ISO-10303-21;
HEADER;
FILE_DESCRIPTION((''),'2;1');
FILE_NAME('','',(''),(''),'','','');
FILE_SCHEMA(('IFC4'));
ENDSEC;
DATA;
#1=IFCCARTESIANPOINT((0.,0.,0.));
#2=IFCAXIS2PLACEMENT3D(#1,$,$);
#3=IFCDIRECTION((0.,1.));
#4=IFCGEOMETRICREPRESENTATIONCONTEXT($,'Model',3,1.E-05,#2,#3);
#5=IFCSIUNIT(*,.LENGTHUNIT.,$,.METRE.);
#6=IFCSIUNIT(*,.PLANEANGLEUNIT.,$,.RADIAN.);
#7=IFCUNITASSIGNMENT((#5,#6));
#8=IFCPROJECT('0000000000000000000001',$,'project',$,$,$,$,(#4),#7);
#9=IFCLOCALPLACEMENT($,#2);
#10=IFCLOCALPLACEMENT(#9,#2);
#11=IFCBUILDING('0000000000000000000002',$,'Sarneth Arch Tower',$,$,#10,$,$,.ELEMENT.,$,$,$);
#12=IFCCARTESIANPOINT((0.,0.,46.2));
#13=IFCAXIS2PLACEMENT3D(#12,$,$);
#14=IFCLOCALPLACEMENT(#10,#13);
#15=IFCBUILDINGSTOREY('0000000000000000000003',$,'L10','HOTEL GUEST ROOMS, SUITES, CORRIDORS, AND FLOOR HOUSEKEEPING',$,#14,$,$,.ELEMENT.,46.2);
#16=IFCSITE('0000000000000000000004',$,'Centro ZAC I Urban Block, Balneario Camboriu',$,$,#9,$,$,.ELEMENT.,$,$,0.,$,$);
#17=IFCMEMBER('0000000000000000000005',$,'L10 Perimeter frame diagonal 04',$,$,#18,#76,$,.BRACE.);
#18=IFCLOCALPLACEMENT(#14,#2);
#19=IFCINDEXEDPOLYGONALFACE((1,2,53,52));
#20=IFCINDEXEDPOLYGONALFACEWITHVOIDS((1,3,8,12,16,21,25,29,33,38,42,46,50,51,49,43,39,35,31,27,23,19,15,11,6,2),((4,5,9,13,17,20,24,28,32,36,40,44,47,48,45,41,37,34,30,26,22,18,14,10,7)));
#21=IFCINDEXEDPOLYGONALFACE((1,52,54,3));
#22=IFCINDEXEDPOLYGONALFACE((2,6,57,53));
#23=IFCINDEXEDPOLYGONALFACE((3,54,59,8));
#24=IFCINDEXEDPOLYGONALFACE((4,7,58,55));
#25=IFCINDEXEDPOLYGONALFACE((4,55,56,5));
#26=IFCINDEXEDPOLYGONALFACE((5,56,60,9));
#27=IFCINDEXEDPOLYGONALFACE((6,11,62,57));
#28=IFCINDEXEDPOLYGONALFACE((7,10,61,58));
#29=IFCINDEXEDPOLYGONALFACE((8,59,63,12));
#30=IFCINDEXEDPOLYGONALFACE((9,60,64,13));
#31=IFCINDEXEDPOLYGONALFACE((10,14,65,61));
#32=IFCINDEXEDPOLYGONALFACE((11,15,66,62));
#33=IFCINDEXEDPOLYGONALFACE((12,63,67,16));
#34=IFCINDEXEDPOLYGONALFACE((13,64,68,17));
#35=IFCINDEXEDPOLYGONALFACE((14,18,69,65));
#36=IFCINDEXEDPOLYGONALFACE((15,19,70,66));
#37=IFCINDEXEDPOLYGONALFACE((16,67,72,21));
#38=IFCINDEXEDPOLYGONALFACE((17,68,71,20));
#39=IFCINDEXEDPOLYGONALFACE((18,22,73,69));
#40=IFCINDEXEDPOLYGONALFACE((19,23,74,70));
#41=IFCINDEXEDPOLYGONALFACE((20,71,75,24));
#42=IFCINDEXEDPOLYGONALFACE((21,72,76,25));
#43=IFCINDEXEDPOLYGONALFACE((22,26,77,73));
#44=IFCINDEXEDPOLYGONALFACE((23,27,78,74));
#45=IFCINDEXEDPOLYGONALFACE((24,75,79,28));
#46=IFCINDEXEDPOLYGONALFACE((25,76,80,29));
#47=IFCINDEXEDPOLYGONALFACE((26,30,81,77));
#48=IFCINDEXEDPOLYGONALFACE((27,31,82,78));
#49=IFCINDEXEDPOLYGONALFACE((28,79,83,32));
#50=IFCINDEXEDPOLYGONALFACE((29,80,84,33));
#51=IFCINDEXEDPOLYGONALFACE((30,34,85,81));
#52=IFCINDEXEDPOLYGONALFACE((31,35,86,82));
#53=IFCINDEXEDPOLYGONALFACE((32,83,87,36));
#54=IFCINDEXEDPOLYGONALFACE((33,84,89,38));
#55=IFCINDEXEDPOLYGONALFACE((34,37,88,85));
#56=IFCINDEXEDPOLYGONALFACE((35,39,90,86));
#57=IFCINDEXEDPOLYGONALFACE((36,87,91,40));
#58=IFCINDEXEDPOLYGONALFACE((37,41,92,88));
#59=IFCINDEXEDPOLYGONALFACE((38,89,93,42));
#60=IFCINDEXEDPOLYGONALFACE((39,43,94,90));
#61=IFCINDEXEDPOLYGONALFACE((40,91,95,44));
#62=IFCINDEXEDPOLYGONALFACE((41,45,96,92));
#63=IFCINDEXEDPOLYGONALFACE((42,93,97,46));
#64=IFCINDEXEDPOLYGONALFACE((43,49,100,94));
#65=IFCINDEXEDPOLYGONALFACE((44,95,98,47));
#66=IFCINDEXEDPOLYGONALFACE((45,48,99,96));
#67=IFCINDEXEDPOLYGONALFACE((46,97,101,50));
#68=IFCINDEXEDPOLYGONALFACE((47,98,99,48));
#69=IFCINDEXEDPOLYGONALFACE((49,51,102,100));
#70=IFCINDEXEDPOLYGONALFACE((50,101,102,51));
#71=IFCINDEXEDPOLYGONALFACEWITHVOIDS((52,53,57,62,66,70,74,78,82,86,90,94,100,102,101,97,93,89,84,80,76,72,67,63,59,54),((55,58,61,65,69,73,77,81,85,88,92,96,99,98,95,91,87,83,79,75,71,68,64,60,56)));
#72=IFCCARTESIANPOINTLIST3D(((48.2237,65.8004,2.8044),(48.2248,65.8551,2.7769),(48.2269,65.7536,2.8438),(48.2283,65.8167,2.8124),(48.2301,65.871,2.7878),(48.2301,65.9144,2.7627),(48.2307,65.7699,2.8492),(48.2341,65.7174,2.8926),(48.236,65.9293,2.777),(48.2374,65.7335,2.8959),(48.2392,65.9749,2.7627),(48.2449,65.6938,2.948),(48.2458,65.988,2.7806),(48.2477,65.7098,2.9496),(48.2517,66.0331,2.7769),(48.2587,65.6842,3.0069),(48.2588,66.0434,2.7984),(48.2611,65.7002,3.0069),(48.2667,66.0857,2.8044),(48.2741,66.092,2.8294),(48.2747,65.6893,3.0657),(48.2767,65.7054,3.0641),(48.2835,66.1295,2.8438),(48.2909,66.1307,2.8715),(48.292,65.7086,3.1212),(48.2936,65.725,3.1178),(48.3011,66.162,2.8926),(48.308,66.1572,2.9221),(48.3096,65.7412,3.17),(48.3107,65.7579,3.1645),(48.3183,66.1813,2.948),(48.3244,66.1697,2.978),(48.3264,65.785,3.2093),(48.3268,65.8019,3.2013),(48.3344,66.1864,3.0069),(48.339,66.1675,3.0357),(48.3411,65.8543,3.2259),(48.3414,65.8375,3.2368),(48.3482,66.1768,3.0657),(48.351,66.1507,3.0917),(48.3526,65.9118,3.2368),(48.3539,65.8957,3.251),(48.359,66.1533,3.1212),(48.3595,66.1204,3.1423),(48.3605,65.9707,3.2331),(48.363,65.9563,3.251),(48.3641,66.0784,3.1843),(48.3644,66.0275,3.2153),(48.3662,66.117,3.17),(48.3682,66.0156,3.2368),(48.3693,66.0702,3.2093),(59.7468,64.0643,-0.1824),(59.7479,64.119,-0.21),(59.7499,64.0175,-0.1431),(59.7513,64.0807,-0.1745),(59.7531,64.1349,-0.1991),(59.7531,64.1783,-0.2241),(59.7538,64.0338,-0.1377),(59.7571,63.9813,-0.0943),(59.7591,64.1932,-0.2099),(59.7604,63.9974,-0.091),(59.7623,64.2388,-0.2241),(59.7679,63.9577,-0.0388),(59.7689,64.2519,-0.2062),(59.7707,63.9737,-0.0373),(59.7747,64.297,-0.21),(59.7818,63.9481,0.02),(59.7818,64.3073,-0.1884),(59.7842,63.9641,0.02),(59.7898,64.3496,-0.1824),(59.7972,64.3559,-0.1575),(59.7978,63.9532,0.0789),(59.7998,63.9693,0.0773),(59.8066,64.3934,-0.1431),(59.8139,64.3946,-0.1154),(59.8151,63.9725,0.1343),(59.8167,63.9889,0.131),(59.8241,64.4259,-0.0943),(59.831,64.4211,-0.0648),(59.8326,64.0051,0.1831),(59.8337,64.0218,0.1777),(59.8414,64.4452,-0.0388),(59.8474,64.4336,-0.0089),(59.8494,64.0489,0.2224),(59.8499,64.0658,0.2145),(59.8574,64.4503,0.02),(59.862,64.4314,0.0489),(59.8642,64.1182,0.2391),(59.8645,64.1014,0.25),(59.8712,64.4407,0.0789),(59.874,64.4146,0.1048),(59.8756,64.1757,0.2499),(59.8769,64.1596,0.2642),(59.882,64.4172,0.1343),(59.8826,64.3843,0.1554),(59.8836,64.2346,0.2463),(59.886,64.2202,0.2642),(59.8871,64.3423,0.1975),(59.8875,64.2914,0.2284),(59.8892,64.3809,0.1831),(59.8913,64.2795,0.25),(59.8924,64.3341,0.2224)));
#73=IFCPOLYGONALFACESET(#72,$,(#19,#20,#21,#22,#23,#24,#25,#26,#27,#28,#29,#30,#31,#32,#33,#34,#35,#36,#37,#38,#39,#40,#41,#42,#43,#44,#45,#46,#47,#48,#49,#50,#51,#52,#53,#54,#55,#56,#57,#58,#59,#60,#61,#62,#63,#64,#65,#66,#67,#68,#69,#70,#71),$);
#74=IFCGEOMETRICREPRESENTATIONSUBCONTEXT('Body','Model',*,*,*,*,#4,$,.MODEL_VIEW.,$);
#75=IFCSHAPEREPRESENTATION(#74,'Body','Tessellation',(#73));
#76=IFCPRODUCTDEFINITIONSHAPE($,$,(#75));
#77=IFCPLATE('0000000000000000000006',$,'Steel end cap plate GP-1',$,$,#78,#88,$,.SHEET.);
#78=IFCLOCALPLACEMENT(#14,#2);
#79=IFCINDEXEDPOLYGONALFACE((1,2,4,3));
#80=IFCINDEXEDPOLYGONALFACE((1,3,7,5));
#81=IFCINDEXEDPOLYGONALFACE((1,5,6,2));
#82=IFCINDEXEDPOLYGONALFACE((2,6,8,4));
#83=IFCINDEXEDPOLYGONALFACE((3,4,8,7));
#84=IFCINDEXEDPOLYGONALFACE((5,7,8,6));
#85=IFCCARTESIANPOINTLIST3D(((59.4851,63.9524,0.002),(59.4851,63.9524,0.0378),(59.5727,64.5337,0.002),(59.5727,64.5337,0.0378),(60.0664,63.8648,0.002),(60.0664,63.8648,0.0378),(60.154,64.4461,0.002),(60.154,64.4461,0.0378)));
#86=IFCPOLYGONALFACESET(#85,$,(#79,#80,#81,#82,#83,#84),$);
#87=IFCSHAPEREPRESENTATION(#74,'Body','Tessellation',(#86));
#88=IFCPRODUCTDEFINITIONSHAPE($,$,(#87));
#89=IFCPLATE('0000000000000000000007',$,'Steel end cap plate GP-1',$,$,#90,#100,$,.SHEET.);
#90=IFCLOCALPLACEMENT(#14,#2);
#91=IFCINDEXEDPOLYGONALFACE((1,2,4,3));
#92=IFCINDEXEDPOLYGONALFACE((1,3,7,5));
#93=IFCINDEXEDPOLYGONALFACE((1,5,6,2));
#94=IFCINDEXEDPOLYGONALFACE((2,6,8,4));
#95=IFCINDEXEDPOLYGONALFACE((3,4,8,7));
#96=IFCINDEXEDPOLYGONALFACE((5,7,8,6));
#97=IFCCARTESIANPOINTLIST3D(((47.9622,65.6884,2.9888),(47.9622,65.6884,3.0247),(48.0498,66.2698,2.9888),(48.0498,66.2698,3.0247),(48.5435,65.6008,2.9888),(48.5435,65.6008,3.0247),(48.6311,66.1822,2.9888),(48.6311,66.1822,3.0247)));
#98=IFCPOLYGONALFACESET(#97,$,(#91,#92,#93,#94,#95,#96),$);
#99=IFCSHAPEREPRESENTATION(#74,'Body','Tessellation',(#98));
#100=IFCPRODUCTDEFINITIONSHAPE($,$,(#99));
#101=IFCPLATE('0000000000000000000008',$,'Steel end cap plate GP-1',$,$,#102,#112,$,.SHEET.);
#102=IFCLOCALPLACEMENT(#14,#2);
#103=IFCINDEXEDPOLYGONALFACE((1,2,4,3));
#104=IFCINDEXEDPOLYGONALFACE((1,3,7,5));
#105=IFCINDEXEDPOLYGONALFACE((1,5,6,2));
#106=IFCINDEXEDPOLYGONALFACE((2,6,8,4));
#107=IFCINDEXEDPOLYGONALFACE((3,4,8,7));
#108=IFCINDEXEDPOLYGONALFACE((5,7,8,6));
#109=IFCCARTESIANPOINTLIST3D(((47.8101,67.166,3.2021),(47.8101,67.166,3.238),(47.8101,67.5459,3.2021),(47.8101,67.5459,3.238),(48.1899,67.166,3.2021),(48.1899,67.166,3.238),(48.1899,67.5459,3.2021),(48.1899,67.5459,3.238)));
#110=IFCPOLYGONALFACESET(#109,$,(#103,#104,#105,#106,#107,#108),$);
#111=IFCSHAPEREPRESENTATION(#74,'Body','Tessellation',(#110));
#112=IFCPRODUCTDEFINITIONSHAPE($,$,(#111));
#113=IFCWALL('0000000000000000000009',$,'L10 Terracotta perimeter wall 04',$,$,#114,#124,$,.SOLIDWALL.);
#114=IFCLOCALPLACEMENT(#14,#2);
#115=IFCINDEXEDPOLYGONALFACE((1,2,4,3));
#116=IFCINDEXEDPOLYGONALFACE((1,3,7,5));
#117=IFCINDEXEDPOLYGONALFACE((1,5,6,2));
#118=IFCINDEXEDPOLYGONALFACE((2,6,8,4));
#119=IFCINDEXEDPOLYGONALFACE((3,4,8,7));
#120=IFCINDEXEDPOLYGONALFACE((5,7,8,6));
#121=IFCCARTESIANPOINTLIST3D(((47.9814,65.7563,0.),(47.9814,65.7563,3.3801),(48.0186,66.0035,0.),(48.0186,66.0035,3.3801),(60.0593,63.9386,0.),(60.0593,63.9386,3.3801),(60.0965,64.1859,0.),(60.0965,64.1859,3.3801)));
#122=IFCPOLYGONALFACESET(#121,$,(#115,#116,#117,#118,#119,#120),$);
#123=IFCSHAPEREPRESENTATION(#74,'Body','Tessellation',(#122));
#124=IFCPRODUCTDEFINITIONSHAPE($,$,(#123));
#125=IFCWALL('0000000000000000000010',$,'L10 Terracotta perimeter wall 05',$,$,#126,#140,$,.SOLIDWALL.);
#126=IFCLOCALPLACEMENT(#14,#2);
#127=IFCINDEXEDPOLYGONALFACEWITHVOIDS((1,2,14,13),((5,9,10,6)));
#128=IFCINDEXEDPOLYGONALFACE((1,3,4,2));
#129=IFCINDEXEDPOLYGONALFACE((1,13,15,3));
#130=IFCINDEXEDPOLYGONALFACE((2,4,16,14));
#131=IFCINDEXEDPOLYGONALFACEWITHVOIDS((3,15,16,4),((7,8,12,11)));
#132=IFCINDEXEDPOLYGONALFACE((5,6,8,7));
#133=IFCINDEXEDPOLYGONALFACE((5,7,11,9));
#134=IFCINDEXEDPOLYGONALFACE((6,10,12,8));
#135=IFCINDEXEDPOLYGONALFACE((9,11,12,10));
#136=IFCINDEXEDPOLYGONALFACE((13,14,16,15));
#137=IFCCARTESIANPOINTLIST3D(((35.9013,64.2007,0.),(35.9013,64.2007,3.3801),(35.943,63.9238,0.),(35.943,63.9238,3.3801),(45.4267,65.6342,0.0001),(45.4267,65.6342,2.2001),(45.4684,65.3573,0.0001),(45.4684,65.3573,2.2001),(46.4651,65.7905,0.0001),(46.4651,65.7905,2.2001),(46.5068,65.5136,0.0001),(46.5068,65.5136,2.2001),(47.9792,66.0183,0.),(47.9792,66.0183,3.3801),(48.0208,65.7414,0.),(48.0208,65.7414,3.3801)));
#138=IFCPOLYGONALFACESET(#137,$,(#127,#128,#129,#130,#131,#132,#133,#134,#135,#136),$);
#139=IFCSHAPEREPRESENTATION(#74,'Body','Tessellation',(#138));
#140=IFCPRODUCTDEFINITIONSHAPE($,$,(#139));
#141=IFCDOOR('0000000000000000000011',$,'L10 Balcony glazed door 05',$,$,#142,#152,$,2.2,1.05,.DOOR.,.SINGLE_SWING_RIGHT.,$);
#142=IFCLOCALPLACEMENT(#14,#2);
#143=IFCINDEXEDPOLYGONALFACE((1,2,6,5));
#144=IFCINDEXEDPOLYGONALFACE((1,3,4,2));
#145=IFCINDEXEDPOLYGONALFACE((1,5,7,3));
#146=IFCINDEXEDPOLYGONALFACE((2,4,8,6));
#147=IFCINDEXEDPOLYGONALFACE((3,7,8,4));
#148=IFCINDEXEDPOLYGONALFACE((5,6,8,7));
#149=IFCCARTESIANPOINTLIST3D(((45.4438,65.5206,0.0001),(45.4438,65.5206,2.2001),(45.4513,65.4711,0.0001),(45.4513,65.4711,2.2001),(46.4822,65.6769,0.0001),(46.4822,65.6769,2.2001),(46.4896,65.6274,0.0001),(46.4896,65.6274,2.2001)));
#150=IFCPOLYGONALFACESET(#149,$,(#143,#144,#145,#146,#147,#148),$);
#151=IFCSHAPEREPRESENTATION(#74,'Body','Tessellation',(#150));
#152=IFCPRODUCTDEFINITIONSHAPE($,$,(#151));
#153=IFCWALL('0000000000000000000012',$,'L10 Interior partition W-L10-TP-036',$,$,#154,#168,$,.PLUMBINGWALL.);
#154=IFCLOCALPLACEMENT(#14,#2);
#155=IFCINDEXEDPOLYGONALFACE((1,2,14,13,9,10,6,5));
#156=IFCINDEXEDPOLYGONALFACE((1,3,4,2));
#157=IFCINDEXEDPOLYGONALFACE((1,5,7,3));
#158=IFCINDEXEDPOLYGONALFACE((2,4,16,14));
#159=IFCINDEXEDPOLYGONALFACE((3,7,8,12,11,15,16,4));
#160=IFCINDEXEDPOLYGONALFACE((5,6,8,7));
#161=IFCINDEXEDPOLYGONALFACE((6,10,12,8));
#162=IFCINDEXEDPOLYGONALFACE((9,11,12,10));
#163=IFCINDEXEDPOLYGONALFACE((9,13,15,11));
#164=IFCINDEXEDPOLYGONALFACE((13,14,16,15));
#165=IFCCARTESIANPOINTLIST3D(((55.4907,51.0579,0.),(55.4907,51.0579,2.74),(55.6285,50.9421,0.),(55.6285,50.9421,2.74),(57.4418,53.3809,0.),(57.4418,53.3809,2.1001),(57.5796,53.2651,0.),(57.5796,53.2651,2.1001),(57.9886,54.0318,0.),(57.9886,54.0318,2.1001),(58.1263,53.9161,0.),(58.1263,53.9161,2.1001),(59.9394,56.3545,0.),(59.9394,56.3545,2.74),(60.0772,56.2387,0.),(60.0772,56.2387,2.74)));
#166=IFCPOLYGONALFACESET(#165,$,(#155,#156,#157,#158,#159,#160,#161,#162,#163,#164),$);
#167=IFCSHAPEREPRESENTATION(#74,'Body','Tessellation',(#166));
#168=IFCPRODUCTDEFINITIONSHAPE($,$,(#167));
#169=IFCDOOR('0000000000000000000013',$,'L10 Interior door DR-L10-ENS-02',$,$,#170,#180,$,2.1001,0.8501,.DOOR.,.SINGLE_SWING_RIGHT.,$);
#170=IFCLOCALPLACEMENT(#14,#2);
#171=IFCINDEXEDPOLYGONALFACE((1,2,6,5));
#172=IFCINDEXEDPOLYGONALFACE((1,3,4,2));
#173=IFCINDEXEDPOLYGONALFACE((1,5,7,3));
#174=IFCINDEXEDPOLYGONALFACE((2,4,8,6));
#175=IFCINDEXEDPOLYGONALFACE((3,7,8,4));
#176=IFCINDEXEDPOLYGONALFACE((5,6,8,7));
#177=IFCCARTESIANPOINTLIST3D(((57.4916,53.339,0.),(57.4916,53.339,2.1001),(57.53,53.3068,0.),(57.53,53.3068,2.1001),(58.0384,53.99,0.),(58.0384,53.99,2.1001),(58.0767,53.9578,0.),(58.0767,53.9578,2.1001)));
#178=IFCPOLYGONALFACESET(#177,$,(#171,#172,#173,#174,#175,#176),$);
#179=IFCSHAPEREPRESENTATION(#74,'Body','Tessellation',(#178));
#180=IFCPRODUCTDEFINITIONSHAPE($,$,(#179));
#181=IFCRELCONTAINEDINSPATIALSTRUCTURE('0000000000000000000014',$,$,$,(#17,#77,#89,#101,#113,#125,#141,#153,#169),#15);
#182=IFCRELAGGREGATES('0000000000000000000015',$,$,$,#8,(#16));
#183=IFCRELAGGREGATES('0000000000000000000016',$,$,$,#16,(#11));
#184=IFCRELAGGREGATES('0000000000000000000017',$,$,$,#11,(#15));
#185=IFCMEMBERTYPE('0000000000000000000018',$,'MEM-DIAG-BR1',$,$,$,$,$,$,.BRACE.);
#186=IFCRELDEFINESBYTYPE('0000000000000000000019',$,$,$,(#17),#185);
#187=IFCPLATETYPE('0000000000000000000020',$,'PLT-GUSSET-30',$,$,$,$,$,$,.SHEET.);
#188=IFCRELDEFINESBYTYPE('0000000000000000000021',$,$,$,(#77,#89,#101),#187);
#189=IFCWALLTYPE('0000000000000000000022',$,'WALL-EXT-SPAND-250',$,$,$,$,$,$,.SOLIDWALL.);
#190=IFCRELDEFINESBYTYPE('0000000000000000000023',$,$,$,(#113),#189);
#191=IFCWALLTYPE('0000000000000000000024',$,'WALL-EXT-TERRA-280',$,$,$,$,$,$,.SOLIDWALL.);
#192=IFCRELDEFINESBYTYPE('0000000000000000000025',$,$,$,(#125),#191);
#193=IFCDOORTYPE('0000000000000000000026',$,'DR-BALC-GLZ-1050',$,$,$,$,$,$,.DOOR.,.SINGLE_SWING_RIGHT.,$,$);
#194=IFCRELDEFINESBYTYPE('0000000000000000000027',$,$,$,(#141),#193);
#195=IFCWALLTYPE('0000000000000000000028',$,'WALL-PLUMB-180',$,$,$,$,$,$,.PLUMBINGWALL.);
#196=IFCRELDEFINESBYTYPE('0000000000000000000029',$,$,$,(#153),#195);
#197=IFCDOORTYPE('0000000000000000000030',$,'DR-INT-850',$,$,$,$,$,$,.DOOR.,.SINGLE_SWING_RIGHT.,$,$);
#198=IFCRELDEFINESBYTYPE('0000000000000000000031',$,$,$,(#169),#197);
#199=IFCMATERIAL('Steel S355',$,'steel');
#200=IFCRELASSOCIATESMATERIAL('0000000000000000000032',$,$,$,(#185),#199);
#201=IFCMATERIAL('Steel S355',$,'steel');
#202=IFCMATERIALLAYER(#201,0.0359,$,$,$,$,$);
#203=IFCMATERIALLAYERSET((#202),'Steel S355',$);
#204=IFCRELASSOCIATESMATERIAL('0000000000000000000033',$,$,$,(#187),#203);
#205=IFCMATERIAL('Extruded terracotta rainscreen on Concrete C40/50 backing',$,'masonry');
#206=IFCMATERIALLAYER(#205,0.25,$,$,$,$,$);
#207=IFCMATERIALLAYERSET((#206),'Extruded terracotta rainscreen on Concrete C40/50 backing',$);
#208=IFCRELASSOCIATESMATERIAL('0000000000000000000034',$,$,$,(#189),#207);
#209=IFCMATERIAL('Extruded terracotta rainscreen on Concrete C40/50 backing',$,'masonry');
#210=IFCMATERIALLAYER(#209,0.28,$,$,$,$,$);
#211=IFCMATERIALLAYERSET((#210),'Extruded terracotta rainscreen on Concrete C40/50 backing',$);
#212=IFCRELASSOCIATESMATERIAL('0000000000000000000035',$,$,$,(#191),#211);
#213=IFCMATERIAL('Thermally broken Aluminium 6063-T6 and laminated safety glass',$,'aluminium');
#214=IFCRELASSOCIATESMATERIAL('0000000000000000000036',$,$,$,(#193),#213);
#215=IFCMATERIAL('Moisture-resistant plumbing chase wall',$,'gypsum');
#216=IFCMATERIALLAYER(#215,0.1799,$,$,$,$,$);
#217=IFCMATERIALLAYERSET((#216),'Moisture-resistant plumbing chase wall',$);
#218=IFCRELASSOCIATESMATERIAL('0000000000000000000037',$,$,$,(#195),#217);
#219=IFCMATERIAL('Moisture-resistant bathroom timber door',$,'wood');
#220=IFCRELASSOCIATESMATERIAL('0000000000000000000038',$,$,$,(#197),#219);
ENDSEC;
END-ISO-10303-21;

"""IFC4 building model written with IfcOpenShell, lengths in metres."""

from ifc_helpers import new_model, si_unit, direction, frame, frame_2d, origin, origin_2d, place, context, subcontext, project, spatial, rectangle, hollow_circle, extrude, material, layer, layer_set, material_profile, profile_set, type_object, element, fill, save


model = new_model("IFC4")

# Units and contexts
model_context = context("Model", 3, precision=1e-05, world=origin(), true_north=direction((0.0, 1.0)))
body_context = subcontext(model_context, "Body", "Model", "MODEL_VIEW")
ifc_project = project(units=[si_unit("LENGTHUNIT", "METRE"), si_unit("PLANEANGLEUNIT", "RADIAN")], contexts=[model_context])

# Site, building, storey
site_placement = place(None, origin())
site = spatial("IfcSite", under=ifc_project, at=site_placement, Name="Centro ZAC I Urban Block, Balneario Camboriu", CompositionType="ELEMENT", RefElevation=0.0)
building_placement = place(site_placement, origin())
building = spatial("IfcBuilding", under=site, at=building_placement, Name="Sarneth Arch Tower", CompositionType="ELEMENT")
storey_placement = place(building_placement, frame((0.0, 0.0, 46.2)))
storey = spatial("IfcBuildingStorey", under=building, at=storey_placement, Name="L10", Description="HOTEL GUEST ROOMS, SUITES, CORRIDORS, AND FLOOR HOUSEKEEPING", CompositionType="ELEMENT", Elevation=46.2)

# Member
ifc_material_1 = material(Name="Steel S355", Category="steel")
ifc_material_profile_1 = material_profile(ifc_material_1, hollow_circle(Radius=0.2539, WallThickness=0.0161, at=origin_2d()), Name="CHS508x16")
ifc_profile_set_1 = profile_set([ifc_material_profile_1], Name="Steel S355")
member_type_1 = type_object("IfcMemberType", Name="MEM-DIAG-BR1", PredefinedType="BRACE", material=ifc_profile_set_1)
member_1_placement = place(storey_placement, frame((59.8196, 64.1992, 0.02), z_axis=(-0.957876, 0.144317, 0.248287), x_axis=(-0.148982, -0.98884, 0.0)))
element("IfcMember", 1, at=member_1_placement, inside=storey, type_object=member_type_1, Name="L10 Perimeter frame diagonal 04", PredefinedType="BRACE", context=body_context, shape_type="SweptSolid", body=[
    extrude(hollow_circle(Radius=0.2539, WallThickness=0.0161, at=origin_2d()), origin(), (0.0, 0.0, 1.0), 12.0298),
])

# Plates
ifc_material_2 = material(Name="Steel S355", Category="steel")
ifc_layer_1 = layer(ifc_material_2, 0.0359)
ifc_layer_set_1 = layer_set([ifc_layer_1], Name="Steel S355")
plate_type = type_object("IfcPlateType", Name="PLT-GUSSET-30", PredefinedType="SHEET", material=ifc_layer_set_1)
for number, where, z_axis, x_axis, name in (
    (2, (59.8196, 64.1992, 0.002), (0.0, 0.0, 1.0), (-0.988835, 0.149018, 0.0), "Steel end cap plate GP-1"),
    (3, (48.2966, 65.9353, 2.9888), (0.0, 0.0, 1.0), (-0.988835, 0.149018, 0.0), "Steel end cap plate GP-1"),
):
    element("IfcPlate", number, at=place(storey_placement, frame(where, z_axis=z_axis, x_axis=x_axis)), inside=storey, type_object=plate_type, Name=name, PredefinedType="SHEET", context=body_context, shape_type="SweptSolid", body=[
        extrude(rectangle(XDim=0.5879, YDim=0.5879, at=origin_2d()), origin(), (0.0, 0.0, 1.0), 0.0359),
    ])
plate_placement = place(storey_placement, frame((48.0, 67.356, 3.2021), z_axis=(0.0, 0.0, 1.0), x_axis=(0.0, 1.0, 0.0)))
element("IfcPlate", 4, at=plate_placement, inside=storey, type_object=plate_type, Name="Steel end cap plate GP-1", PredefinedType="SHEET", context=body_context, shape_type="SweptSolid", body=[
    extrude(rectangle(XDim=0.3799, YDim=0.3799, at=origin_2d()), origin(), (0.0, 0.0, 1.0), 0.0359),
])

# Wall
ifc_material_3 = material(Name="Extruded terracotta rainscreen on Concrete C40/50 backing", Category="masonry")
ifc_layer_2 = layer(ifc_material_3, 0.25)
ifc_layer_set_2 = layer_set([ifc_layer_2], Name="Extruded terracotta rainscreen on Concrete C40/50 backing")
wall_type_1 = type_object("IfcWallType", Name="WALL-EXT-SPAND-250", PredefinedType="SOLIDWALL", material=ifc_layer_set_2)
wall_1_placement = place(storey_placement, frame((60.0779, 64.0623, 0.0), z_axis=(0.0, 0.0, 1.0), x_axis=(-0.988865, 0.148816, 0.0)))
element("IfcWall", 5, at=wall_1_placement, inside=storey, type_object=wall_type_1, Name="L10 Terracotta perimeter wall 04", PredefinedType="SOLIDWALL", context=body_context, shape_type="SweptSolid", body=[
    extrude(rectangle(XDim=12.2139, YDim=0.25, at=frame_2d((6.1069, 0.0))), origin(), (0.0, 0.0, 1.0), 3.3801),
])

# Walls, openings, doors
ifc_material_4 = material(Name="Extruded terracotta rainscreen on Concrete C40/50 backing", Category="masonry")
ifc_layer_3 = layer(ifc_material_4, 0.28)
ifc_layer_set_3 = layer_set([ifc_layer_3], Name="Extruded terracotta rainscreen on Concrete C40/50 backing")
wall_type_2 = type_object("IfcWallType", Name="WALL-EXT-TERRA-280", PredefinedType="SOLIDWALL", material=ifc_layer_set_3)
wall_2_placement = place(storey_placement, frame((48.0, 65.8799, 0.0), z_axis=(0.0, 0.0, 1.0), x_axis=(-0.988865, -0.148816, 0.0)))
wall_2 = element("IfcWall", 6, at=wall_2_placement, inside=storey, type_object=wall_type_2, Name="L10 Terracotta perimeter wall 05", PredefinedType="SOLIDWALL", context=body_context, shape_type="SweptSolid", body=[
    extrude(rectangle(XDim=12.2139, YDim=0.28, at=frame_2d((6.1069, 0.0))), origin(), (0.0, 0.0, 1.0), 3.3801),
])
opening_1_placement = place(wall_2_placement, frame((1.5312, 0.0, 0.0)))
opening_1 = element("IfcOpeningElement", 7, at=opening_1_placement, cuts=wall_2, PredefinedType="OPENING", context=body_context, shape_type="SweptSolid", body=[
    extrude(rectangle(XDim=1.05, YDim=2.2, at=frame_2d((0.5249, 1.1001))), frame((0.0, 0.1499, 0.0), z_axis=(0.0, -1.0, 0.0), x_axis=(1.0, 0.0, 0.0)), (0.0, 0.0, 1.0), 0.3),
])
ifc_material_5 = material(Name="Thermally broken Aluminium 6063-T6 and laminated safety glass", Category="aluminium")
door_type_1 = type_object("IfcDoorType", Name="DR-BALC-GLZ-1050", OperationType="SINGLE_SWING_RIGHT", PredefinedType="DOOR", material=ifc_material_5)
door_1_placement = place(opening_1_placement, origin())
door_1 = element("IfcDoor", 8, at=door_1_placement, inside=storey, type_object=door_type_1, Name="L10 Balcony glazed door 05", OperationType="SINGLE_SWING_RIGHT", OverallHeight=2.2, OverallWidth=1.05, PredefinedType="DOOR", context=body_context, shape_type="SweptSolid", body=[
    extrude(rectangle(XDim=1.05, YDim=2.2, at=frame_2d((0.5249, 1.1001))), frame((0.0, 0.0249, 0.0), z_axis=(0.0, -1.0, 0.0), x_axis=(1.0, 0.0, 0.0)), (0.0, 0.0, 1.0), 0.05),
])
fill(opening_1, door_1)
ifc_material_6 = material(Name="Moisture-resistant plumbing chase wall", Category="gypsum")
ifc_layer_4 = layer(ifc_material_6, 0.1799)
ifc_layer_set_4 = layer_set([ifc_layer_4], Name="Moisture-resistant plumbing chase wall")
wall_type_3 = type_object("IfcWallType", Name="WALL-PLUMB-180", PredefinedType="PLUMBINGWALL", material=ifc_layer_set_4)
wall_3_placement = place(storey_placement, frame((55.5596, 51.0, 0.0), z_axis=(0.0, 0.0, 1.0), x_axis=(0.643155, 0.765736, 0.0)))
wall_3 = element("IfcWall", 9, at=wall_3_placement, inside=storey, type_object=wall_type_3, Name="L10 Interior partition W-L10-TP-036", PredefinedType="PLUMBINGWALL", context=body_context, shape_type="SweptSolid", body=[
    extrude(rectangle(XDim=6.917, YDim=0.1799, at=frame_2d((3.4585, 0.0))), origin(), (0.0, 0.0, 1.0), 2.74),
])
opening_2_placement = place(wall_3_placement, frame((3.0337, 0.0, 0.0)))
opening_2 = element("IfcOpeningElement", 10, at=opening_2_placement, cuts=wall_3, PredefinedType="OPENING", context=body_context, shape_type="SweptSolid", body=[
    extrude(rectangle(XDim=0.8501, YDim=2.1001, at=frame_2d((0.425, 1.05))), frame((0.0, 0.0999, 0.0), z_axis=(0.0, -1.0, 0.0), x_axis=(1.0, 0.0, 0.0)), (0.0, 0.0, 1.0), 0.2),
])
ifc_material_7 = material(Name="Moisture-resistant bathroom timber door", Category="wood")
door_type_2 = type_object("IfcDoorType", Name="DR-INT-850", OperationType="SINGLE_SWING_RIGHT", PredefinedType="DOOR", material=ifc_material_7)
door_2_placement = place(opening_2_placement, origin())
door_2 = element("IfcDoor", 11, at=door_2_placement, inside=storey, type_object=door_type_2, Name="L10 Interior door DR-L10-ENS-02", OperationType="SINGLE_SWING_RIGHT", OverallHeight=2.1001, OverallWidth=0.8501, PredefinedType="DOOR", context=body_context, shape_type="SweptSolid", body=[
    extrude(rectangle(XDim=0.8501, YDim=2.1001, at=frame_2d((0.425, 1.05))), frame((0.0, 0.0249, 0.0), z_axis=(0.0, -1.0, 0.0), x_axis=(1.0, 0.0, 0.0)), (0.0, 0.0, 1.0), 0.05),
])
fill(opening_2, door_2)

save(model, "model.ifc")
